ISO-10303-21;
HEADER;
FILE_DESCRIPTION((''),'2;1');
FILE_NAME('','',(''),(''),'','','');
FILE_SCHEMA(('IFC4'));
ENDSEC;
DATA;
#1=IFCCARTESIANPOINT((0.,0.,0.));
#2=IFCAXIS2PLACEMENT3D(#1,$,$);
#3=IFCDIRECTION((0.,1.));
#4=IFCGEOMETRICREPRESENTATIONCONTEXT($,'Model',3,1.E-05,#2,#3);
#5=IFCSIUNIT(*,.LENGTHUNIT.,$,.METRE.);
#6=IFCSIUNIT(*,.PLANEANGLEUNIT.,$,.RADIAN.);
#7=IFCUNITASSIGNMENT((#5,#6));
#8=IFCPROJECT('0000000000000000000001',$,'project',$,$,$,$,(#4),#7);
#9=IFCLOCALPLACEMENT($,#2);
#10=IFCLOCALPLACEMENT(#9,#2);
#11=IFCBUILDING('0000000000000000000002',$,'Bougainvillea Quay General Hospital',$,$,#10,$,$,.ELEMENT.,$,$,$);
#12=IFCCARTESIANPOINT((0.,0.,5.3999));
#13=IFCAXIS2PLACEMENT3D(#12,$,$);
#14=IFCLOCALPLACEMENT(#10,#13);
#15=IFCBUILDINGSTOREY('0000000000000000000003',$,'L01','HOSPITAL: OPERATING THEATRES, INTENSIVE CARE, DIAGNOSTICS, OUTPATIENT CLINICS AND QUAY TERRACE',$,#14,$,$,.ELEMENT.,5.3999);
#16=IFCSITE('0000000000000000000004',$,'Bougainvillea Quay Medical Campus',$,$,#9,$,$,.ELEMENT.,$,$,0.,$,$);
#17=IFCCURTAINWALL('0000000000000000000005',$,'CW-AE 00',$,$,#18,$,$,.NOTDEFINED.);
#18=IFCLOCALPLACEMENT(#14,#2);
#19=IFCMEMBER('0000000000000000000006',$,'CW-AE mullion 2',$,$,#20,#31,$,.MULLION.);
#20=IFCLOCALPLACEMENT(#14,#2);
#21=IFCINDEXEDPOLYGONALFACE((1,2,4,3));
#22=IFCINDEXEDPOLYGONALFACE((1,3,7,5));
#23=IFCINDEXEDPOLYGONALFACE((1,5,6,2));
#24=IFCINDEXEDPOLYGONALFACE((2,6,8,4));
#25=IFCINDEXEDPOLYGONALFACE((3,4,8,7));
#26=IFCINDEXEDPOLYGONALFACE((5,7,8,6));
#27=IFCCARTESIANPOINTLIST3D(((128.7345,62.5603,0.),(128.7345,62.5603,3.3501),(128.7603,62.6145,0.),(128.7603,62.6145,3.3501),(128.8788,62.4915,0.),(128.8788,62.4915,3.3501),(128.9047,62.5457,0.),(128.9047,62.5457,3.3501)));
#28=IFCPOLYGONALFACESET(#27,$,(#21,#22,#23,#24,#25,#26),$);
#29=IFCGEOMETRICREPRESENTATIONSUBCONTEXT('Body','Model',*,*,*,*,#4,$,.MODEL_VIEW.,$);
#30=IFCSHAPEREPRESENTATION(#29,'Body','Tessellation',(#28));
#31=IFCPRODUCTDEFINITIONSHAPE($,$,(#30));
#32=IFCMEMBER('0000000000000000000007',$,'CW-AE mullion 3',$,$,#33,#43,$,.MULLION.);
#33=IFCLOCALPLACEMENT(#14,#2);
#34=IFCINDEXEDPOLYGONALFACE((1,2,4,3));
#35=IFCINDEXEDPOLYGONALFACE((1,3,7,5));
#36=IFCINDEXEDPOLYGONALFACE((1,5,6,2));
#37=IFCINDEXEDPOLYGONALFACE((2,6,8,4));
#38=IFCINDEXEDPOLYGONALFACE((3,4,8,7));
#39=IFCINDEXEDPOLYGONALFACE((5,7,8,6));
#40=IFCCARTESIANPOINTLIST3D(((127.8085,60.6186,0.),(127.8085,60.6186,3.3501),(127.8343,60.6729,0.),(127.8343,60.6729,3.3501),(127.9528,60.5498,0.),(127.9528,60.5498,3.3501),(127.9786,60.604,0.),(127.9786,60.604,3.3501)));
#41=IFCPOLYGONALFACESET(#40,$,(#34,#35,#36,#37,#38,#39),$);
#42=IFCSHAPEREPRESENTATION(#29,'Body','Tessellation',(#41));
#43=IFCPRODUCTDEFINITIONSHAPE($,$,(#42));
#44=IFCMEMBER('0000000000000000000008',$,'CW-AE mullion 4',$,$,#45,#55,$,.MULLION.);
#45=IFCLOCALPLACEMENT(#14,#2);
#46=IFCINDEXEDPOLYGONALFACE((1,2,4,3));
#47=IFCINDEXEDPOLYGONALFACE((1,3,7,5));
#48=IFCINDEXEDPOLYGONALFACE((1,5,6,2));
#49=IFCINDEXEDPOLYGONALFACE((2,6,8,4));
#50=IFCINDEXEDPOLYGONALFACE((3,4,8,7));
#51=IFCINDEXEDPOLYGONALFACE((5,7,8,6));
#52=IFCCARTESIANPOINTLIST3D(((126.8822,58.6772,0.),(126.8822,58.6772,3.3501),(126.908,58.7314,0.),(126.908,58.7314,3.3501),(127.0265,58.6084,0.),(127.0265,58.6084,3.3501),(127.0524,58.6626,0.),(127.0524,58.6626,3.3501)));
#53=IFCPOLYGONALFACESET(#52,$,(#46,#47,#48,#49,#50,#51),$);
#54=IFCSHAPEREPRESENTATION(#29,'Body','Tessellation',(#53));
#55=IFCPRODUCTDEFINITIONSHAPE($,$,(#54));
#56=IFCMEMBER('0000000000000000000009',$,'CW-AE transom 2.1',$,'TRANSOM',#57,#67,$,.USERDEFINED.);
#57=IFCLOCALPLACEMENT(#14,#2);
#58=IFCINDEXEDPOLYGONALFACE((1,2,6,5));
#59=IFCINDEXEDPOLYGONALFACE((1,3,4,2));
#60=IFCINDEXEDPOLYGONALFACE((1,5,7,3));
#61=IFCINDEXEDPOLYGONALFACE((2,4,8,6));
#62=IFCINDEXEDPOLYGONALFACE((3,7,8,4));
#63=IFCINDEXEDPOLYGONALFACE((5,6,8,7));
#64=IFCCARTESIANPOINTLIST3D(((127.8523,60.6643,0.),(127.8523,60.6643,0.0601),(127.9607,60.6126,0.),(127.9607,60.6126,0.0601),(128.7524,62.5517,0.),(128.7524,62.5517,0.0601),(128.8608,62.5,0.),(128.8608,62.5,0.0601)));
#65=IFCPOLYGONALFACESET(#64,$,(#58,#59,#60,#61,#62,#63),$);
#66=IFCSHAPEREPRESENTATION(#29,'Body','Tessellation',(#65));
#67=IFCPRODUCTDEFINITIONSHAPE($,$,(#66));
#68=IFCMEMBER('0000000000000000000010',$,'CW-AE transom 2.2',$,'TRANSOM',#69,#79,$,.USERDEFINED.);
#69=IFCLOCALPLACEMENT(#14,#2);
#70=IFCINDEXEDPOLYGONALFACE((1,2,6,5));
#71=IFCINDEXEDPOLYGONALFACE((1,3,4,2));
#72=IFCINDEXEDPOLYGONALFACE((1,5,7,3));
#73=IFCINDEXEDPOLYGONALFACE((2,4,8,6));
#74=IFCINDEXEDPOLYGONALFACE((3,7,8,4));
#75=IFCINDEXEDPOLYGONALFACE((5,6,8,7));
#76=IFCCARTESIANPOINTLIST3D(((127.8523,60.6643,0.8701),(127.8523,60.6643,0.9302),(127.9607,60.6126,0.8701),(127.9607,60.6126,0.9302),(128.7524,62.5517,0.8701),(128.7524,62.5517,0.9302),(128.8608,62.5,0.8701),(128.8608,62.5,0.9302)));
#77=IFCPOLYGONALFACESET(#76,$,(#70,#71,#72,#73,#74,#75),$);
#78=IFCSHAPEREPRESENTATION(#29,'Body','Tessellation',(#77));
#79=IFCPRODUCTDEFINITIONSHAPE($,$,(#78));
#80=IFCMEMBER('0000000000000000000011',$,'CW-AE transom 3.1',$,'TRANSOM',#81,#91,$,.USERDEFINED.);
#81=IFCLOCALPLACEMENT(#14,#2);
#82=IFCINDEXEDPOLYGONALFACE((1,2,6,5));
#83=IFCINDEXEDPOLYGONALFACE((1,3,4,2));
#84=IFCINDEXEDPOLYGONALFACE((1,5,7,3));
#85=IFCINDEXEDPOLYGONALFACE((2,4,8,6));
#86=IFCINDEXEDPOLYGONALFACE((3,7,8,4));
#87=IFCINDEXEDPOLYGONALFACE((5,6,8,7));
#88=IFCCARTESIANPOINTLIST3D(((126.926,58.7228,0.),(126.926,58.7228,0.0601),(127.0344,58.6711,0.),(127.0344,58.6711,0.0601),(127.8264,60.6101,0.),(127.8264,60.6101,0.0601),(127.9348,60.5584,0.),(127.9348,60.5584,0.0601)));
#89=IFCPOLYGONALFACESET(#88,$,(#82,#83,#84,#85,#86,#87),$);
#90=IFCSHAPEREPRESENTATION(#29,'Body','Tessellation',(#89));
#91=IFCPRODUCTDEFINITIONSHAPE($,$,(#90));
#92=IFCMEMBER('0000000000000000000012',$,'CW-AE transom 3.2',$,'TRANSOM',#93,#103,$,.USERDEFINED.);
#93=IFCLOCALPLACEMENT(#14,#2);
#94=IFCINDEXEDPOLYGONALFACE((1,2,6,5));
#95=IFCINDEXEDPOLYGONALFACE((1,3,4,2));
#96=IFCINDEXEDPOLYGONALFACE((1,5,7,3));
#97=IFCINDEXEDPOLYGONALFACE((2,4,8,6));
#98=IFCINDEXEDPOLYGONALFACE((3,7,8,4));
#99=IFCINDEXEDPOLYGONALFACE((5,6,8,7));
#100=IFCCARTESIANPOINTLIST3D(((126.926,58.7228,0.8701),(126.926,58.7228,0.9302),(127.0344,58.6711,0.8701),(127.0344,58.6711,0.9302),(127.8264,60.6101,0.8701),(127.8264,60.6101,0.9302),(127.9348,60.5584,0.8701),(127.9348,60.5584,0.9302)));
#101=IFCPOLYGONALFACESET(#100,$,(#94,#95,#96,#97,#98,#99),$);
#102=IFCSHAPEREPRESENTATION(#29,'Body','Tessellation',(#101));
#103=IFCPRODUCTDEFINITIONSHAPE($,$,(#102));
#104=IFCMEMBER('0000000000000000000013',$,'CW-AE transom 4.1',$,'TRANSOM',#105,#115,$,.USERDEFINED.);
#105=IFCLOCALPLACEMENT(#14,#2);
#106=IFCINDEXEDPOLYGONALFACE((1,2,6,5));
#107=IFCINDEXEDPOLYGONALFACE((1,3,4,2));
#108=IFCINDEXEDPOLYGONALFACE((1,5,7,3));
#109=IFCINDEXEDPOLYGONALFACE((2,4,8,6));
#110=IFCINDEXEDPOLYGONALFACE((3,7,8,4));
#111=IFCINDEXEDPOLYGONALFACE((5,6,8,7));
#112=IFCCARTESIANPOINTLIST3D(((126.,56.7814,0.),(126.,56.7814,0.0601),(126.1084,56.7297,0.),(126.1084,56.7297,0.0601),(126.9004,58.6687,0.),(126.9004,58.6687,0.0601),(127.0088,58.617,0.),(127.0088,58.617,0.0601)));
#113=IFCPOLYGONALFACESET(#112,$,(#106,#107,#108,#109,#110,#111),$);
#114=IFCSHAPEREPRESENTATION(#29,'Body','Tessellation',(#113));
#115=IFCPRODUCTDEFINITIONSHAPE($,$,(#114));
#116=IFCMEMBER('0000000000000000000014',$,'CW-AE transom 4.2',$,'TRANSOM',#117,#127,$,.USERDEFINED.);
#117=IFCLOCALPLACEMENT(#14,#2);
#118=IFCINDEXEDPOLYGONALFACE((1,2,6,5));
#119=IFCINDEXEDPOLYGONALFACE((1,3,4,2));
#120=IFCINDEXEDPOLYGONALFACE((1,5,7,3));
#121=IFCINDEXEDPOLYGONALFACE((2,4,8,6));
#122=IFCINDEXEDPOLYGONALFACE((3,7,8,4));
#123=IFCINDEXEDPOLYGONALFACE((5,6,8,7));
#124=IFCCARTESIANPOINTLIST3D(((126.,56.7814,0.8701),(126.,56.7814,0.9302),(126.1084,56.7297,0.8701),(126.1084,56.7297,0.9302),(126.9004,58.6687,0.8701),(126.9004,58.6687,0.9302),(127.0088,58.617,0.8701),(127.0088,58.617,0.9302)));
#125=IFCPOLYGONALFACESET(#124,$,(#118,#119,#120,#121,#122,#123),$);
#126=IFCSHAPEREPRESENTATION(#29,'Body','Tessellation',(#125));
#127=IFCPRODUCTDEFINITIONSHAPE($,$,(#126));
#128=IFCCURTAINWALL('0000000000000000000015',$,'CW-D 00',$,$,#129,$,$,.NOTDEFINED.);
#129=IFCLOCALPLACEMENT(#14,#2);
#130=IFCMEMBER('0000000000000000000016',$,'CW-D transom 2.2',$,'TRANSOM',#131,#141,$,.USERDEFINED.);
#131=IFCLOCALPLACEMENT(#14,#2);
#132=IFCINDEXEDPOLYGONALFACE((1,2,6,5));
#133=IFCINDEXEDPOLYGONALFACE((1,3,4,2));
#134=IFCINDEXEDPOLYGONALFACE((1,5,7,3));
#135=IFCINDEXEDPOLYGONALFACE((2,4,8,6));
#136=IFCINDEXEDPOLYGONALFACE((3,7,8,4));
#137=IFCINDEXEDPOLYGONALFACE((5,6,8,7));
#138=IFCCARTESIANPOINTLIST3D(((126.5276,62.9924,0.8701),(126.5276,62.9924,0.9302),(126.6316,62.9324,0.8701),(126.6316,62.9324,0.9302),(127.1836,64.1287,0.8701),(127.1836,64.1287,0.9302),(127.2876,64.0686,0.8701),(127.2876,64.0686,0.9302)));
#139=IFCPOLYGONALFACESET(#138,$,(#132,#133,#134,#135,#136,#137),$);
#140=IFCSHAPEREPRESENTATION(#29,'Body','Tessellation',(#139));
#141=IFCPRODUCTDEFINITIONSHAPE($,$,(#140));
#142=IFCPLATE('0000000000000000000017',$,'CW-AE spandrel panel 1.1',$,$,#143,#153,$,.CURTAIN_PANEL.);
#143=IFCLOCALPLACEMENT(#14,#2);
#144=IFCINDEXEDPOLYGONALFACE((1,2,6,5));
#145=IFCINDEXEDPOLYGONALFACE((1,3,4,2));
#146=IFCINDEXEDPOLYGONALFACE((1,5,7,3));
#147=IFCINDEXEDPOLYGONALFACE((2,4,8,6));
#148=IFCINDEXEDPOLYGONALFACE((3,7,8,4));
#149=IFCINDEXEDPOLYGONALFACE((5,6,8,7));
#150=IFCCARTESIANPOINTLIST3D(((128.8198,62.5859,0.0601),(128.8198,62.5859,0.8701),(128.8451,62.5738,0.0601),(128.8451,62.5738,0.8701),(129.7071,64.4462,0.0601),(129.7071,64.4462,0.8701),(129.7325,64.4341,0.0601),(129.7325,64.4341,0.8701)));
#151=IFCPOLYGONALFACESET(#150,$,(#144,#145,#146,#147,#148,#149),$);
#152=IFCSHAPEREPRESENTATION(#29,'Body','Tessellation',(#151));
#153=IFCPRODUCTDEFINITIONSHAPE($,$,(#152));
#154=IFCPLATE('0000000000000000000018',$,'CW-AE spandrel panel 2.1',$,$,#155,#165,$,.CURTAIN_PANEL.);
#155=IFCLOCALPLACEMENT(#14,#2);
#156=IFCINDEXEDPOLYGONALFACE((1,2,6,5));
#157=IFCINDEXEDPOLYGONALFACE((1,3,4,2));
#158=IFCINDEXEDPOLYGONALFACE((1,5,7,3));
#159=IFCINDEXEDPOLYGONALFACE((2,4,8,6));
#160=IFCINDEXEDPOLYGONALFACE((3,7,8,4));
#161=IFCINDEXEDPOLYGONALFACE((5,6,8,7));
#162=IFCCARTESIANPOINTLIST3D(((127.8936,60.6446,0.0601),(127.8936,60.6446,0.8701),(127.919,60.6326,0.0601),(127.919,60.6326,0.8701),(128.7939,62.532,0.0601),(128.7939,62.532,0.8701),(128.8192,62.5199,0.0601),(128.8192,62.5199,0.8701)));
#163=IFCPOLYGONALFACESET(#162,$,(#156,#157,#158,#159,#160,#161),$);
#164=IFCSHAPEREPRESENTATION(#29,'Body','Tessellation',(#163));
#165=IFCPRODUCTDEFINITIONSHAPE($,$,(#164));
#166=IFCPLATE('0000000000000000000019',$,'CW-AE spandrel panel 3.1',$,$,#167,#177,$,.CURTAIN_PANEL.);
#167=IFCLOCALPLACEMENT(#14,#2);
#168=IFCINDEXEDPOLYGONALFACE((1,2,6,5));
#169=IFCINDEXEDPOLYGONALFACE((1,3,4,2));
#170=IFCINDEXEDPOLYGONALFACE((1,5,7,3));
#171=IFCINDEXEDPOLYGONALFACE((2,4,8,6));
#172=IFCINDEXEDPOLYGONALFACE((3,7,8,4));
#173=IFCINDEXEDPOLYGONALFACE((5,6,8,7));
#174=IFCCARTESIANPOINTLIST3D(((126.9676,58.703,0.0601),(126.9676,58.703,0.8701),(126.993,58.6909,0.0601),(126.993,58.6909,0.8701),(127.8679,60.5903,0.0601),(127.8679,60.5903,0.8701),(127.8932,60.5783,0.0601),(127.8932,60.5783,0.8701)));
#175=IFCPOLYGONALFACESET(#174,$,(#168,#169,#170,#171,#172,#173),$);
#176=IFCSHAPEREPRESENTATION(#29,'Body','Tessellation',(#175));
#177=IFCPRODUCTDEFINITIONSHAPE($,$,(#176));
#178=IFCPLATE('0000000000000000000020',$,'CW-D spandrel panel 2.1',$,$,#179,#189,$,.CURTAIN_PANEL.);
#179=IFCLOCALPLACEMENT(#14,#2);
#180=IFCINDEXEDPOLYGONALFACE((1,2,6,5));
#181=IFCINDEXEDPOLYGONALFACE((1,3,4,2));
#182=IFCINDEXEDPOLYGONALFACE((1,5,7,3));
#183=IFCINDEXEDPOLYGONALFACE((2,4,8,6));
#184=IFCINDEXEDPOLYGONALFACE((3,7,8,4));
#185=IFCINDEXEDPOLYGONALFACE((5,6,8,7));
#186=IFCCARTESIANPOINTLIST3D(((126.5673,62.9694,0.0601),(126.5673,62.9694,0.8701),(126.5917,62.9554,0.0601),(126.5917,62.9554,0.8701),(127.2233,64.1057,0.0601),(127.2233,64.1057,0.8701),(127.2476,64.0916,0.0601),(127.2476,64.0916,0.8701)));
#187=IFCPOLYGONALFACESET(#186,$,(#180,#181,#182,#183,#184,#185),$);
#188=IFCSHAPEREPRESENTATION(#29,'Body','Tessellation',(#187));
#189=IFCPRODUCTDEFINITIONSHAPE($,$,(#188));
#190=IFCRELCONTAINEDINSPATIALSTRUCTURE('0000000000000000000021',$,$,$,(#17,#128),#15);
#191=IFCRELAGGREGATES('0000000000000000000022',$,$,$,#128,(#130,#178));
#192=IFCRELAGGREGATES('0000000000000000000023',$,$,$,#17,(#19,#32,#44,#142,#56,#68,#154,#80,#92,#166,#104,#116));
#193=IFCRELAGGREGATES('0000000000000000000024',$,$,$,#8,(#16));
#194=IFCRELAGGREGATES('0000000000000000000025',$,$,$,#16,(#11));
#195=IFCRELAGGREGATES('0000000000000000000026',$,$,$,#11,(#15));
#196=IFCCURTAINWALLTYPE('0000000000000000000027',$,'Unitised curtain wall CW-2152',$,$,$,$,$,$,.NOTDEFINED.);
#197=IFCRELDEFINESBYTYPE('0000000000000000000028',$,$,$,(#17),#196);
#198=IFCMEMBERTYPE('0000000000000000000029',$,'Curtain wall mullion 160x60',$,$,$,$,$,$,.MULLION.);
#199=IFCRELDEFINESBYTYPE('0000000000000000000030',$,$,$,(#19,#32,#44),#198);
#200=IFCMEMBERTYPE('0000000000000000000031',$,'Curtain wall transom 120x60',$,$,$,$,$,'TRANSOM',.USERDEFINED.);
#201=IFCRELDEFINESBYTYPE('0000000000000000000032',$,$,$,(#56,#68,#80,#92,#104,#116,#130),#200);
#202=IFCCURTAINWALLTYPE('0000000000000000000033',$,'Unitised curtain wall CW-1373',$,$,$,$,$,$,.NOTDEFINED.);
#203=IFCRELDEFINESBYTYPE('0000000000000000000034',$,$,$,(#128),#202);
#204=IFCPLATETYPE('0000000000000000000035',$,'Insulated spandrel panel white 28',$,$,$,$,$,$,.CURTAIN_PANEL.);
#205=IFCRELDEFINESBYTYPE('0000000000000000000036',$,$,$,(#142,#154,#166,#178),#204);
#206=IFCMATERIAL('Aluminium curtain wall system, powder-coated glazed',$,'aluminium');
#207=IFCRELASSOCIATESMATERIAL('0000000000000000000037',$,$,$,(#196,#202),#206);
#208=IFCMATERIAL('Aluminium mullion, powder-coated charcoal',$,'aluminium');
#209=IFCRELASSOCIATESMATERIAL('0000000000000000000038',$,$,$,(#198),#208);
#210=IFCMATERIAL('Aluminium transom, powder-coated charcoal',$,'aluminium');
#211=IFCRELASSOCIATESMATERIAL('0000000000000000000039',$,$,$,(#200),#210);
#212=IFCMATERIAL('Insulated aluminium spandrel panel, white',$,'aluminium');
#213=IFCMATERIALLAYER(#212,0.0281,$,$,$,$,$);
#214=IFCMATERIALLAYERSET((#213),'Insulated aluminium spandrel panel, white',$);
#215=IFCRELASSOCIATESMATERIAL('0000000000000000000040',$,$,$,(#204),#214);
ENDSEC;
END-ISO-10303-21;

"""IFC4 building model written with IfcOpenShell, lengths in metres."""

from ifc_helpers import new_model, si_unit, direction, frame, origin, origin_2d, place, context, subcontext, project, spatial, rectangle, extrude, material, layer, layer_set, material_profile, profile_set, type_object, element, aggregate, save


model = new_model("IFC4")

# Units and contexts
model_context = context("Model", 3, precision=1e-05, world=origin(), true_north=direction((0.0, 1.0)))
body_context = subcontext(model_context, "Body", "Model", "MODEL_VIEW")
ifc_project = project(units=[si_unit("LENGTHUNIT", "METRE"), si_unit("PLANEANGLEUNIT", "RADIAN")], contexts=[model_context])

# Site, building, storey
site_placement = place(None, origin())
site = spatial("IfcSite", under=ifc_project, at=site_placement, Name="Bougainvillea Quay Medical Campus", CompositionType="ELEMENT", RefElevation=0.0)
building_placement = place(site_placement, origin())
building = spatial("IfcBuilding", under=site, at=building_placement, Name="Bougainvillea Quay General Hospital", CompositionType="ELEMENT")
storey_placement = place(building_placement, frame((0.0, 0.0, 5.3999)))
storey = spatial("IfcBuildingStorey", under=building, at=storey_placement, Name="L01", Description="HOSPITAL: OPERATING THEATRES, INTENSIVE CARE, DIAGNOSTICS, OUTPATIENT CLINICS AND QUAY TERRACE", CompositionType="ELEMENT", Elevation=5.3999)

# Curtain wall, members
ifc_material_1 = material(Name="Aluminium curtain wall system, powder-coated glazed", Category="aluminium")
curtain_wall_type_1 = type_object("IfcCurtainWallType", Name="Unitised curtain wall CW-2152", PredefinedType="NOTDEFINED", material=ifc_material_1)
curtain_wall_1_placement = place(storey_placement, origin())
curtain_wall_1 = element("IfcCurtainWall", 1, at=curtain_wall_1_placement, inside=storey, type_object=curtain_wall_type_1, Name="CW-AE 00", PredefinedType="NOTDEFINED")
ifc_material_2 = material(Name="Aluminium mullion, powder-coated charcoal", Category="aluminium")
ifc_material_profile_1 = material_profile(ifc_material_2, rectangle(XDim=0.1599, YDim=0.0601, at=origin_2d()))
ifc_profile_set_1 = profile_set([ifc_material_profile_1], Name="Aluminium mullion, powder-coated charcoal")
member_type_1 = type_object("IfcMemberType", Name="Curtain wall mullion 160x60", PredefinedType="MULLION", material=ifc_profile_set_1)
member_1_placement = place(storey_placement, frame((128.8196, 62.553, 0.0), z_axis=(0.0, 0.0, 1.0), x_axis=(0.902576, -0.43053, 0.0)))
member_1 = element("IfcMember", 2, at=member_1_placement, type_object=member_type_1, Name="CW-AE mullion 2", PredefinedType="MULLION", context=body_context, shape_type="SweptSolid", body=[
    extrude(rectangle(XDim=0.1599, YDim=0.0601, at=origin_2d()), origin(), (0.0, 0.0, 1.0), 3.3501),
])
member_2_placement = place(storey_placement, frame((127.8936, 60.6113, 0.0), z_axis=(0.0, 0.0, 1.0), x_axis=(0.902576, -0.43053, 0.0)))
member_2 = element("IfcMember", 3, at=member_2_placement, type_object=member_type_1, Name="CW-AE mullion 3", PredefinedType="MULLION", context=body_context, shape_type="SweptSolid", body=[
    extrude(rectangle(XDim=0.1599, YDim=0.0601, at=origin_2d()), origin(), (0.0, 0.0, 1.0), 3.3501),
])
member_3_placement = place(storey_placement, frame((126.9673, 58.6699, 0.0), z_axis=(0.0, 0.0, 1.0), x_axis=(0.902576, -0.43053, 0.0)))
member_3 = element("IfcMember", 4, at=member_3_placement, type_object=member_type_1, Name="CW-AE mullion 4", PredefinedType="MULLION", context=body_context, shape_type="SweptSolid", body=[
    extrude(rectangle(XDim=0.1599, YDim=0.0601, at=origin_2d()), origin(), (0.0, 0.0, 1.0), 3.3501),
])
ifc_material_3 = material(Name="Aluminium transom, powder-coated charcoal", Category="aluminium")
ifc_material_profile_2 = material_profile(ifc_material_3, rectangle(XDim=0.1201, YDim=0.0601, at=origin_2d()))
ifc_profile_set_2 = profile_set([ifc_material_profile_2], Name="Aluminium transom, powder-coated charcoal")
member_type_2 = type_object("IfcMemberType", Name="Curtain wall transom 120x60", ElementType="TRANSOM", PredefinedType="USERDEFINED", material=ifc_profile_set_2)
member_4_placement = place(storey_placement, frame((128.8066, 62.5259, 0.03), z_axis=(-0.430464, -0.902608, 0.0), x_axis=(0.902608, -0.430464, 0.0)))
member_4 = element("IfcMember", 5, at=member_4_placement, type_object=member_type_2, Name="CW-AE transom 2.1", ObjectType="TRANSOM", PredefinedType="USERDEFINED", context=body_context, shape_type="SweptSolid", body=[
    extrude(rectangle(XDim=0.1201, YDim=0.0601, at=origin_2d()), origin(), (0.0, 0.0, 1.0), 2.0911),
])
member_5_placement = place(storey_placement, frame((128.8066, 62.5259, 0.9001), z_axis=(-0.430464, -0.902608, 0.0), x_axis=(0.902608, -0.430464, 0.0)))
member_5 = element("IfcMember", 6, at=member_5_placement, type_object=member_type_2, Name="CW-AE transom 2.2", ObjectType="TRANSOM", PredefinedType="USERDEFINED", context=body_context, shape_type="SweptSolid", body=[
    extrude(rectangle(XDim=0.1201, YDim=0.0601, at=origin_2d()), origin(), (0.0, 0.0, 1.0), 2.0911),
])
member_6_placement = place(storey_placement, frame((127.8806, 60.5842, 0.03), z_axis=(-0.430604, -0.902541, 0.0), x_axis=(0.902541, -0.430604, 0.0)))
member_6 = element("IfcMember", 7, at=member_6_placement, type_object=member_type_2, Name="CW-AE transom 3.1", ObjectType="TRANSOM", PredefinedType="USERDEFINED", context=body_context, shape_type="SweptSolid", body=[
    extrude(rectangle(XDim=0.1201, YDim=0.0601, at=origin_2d()), origin(), (0.0, 0.0, 1.0), 2.0911),
])
member_7_placement = place(storey_placement, frame((127.8806, 60.5842, 0.9001), z_axis=(-0.430604, -0.902541, 0.0), x_axis=(0.902541, -0.430604, 0.0)))
member_7 = element("IfcMember", 8, at=member_7_placement, type_object=member_type_2, Name="CW-AE transom 3.2", ObjectType="TRANSOM", PredefinedType="USERDEFINED", context=body_context, shape_type="SweptSolid", body=[
    extrude(rectangle(XDim=0.1201, YDim=0.0601, at=origin_2d()), origin(), (0.0, 0.0, 1.0), 2.0911),
])
member_8_placement = place(storey_placement, frame((126.9546, 58.6428, 0.03), z_axis=(-0.430604, -0.902541, 0.0), x_axis=(0.902541, -0.430604, 0.0)))
member_8 = element("IfcMember", 9, at=member_8_placement, type_object=member_type_2, Name="CW-AE transom 4.1", ObjectType="TRANSOM", PredefinedType="USERDEFINED", context=body_context, shape_type="SweptSolid", body=[
    extrude(rectangle(XDim=0.1201, YDim=0.0601, at=origin_2d()), origin(), (0.0, 0.0, 1.0), 2.0911),
])
member_9_placement = place(storey_placement, frame((126.9546, 58.6428, 0.9001), z_axis=(-0.430604, -0.902541, 0.0), x_axis=(0.902541, -0.430604, 0.0)))
member_9 = element("IfcMember", 10, at=member_9_placement, type_object=member_type_2, Name="CW-AE transom 4.2", ObjectType="TRANSOM", PredefinedType="USERDEFINED", context=body_context, shape_type="SweptSolid", body=[
    extrude(rectangle(XDim=0.1201, YDim=0.0601, at=origin_2d()), origin(), (0.0, 0.0, 1.0), 2.0911),
])

# Curtain wall, member
curtain_wall_type_2 = type_object("IfcCurtainWallType", Name="Unitised curtain wall CW-1373", PredefinedType="NOTDEFINED", material=ifc_material_1)
curtain_wall_2_placement = place(storey_placement, origin())
curtain_wall_2 = element("IfcCurtainWall", 11, at=curtain_wall_2_placement, inside=storey, type_object=curtain_wall_type_2, Name="CW-D 00", PredefinedType="NOTDEFINED")
member_10_placement = place(storey_placement, frame((126.5796, 62.9624, 0.9001), z_axis=(0.500002, 0.866024, 0.0), x_axis=(-0.866024, 0.500002, 0.0)))
member_10 = element("IfcMember", 12, at=member_10_placement, type_object=member_type_2, Name="CW-D transom 2.2", ObjectType="TRANSOM", PredefinedType="USERDEFINED", context=body_context, shape_type="SweptSolid", body=[
    extrude(rectangle(XDim=0.1201, YDim=0.0601, at=origin_2d()), origin(), (0.0, 0.0, 1.0), 1.312),
])

# Plates
ifc_material_4 = material(Name="Insulated aluminium spandrel panel, white", Category="aluminium")
ifc_layer_1 = layer(ifc_material_4, 0.0281)
ifc_layer_set_1 = layer_set([ifc_layer_1], Name="Insulated aluminium spandrel panel, white")
plate_type_1 = type_object("IfcPlateType", Name="Insulated spandrel panel white 28", PredefinedType="CURTAIN_PANEL", material=ifc_layer_set_1)
plate_1_placement = place(storey_placement, frame((129.2761, 63.51, 0.0601), z_axis=(0.0, 0.0, 1.0), x_axis=(-0.43053, -0.902576, 0.0)))
plate_1 = element("IfcPlate", 13, at=plate_1_placement, type_object=plate_type_1, Name="CW-AE spandrel panel 1.1", PredefinedType="CURTAIN_PANEL", context=body_context, shape_type="SweptSolid", body=[
    extrude(rectangle(XDim=2.061, YDim=0.0281, at=origin_2d()), origin(), (0.0, 0.0, 1.0), 0.8101),
])
plate_2_placement = place(storey_placement, frame((128.3564, 61.5823, 0.0601), z_axis=(0.0, 0.0, 1.0), x_axis=(-0.43053, -0.902576, 0.0)))
plate_2 = element("IfcPlate", 14, at=plate_2_placement, type_object=plate_type_1, Name="CW-AE spandrel panel 2.1", PredefinedType="CURTAIN_PANEL", context=body_context, shape_type="SweptSolid", body=[
    extrude(rectangle(XDim=2.0911, YDim=0.0281, at=origin_2d()), origin(), (0.0, 0.0, 1.0), 0.8101),
])
plate_3_placement = place(storey_placement, frame((127.4304, 59.6406, 0.0601), z_axis=(0.0, 0.0, 1.0), x_axis=(-0.43053, -0.902576, 0.0)))
plate_3 = element("IfcPlate", 15, at=plate_3_placement, type_object=plate_type_1, Name="CW-AE spandrel panel 3.1", PredefinedType="CURTAIN_PANEL", context=body_context, shape_type="SweptSolid", body=[
    extrude(rectangle(XDim=2.0911, YDim=0.0281, at=origin_2d()), origin(), (0.0, 0.0, 1.0), 0.8101),
])
plate_4_placement = place(storey_placement, frame((126.9075, 63.5305, 0.0601), z_axis=(0.0, 0.0, 1.0), x_axis=(0.499962, 0.866048, 0.0)))
plate_4 = element("IfcPlate", 16, at=plate_4_placement, type_object=plate_type_1, Name="CW-D spandrel panel 2.1", PredefinedType="CURTAIN_PANEL", context=body_context, shape_type="SweptSolid", body=[
    extrude(rectangle(XDim=1.312, YDim=0.0281, at=origin_2d()), origin(), (0.0, 0.0, 1.0), 0.8101),
])
aggregate(curtain_wall_2, [member_10, plate_4])
aggregate(curtain_wall_1, [member_1, member_2, member_3, plate_1, member_4, member_5, plate_2, member_6, member_7, plate_3, member_8, member_9])

save(model, "model.ifc")
